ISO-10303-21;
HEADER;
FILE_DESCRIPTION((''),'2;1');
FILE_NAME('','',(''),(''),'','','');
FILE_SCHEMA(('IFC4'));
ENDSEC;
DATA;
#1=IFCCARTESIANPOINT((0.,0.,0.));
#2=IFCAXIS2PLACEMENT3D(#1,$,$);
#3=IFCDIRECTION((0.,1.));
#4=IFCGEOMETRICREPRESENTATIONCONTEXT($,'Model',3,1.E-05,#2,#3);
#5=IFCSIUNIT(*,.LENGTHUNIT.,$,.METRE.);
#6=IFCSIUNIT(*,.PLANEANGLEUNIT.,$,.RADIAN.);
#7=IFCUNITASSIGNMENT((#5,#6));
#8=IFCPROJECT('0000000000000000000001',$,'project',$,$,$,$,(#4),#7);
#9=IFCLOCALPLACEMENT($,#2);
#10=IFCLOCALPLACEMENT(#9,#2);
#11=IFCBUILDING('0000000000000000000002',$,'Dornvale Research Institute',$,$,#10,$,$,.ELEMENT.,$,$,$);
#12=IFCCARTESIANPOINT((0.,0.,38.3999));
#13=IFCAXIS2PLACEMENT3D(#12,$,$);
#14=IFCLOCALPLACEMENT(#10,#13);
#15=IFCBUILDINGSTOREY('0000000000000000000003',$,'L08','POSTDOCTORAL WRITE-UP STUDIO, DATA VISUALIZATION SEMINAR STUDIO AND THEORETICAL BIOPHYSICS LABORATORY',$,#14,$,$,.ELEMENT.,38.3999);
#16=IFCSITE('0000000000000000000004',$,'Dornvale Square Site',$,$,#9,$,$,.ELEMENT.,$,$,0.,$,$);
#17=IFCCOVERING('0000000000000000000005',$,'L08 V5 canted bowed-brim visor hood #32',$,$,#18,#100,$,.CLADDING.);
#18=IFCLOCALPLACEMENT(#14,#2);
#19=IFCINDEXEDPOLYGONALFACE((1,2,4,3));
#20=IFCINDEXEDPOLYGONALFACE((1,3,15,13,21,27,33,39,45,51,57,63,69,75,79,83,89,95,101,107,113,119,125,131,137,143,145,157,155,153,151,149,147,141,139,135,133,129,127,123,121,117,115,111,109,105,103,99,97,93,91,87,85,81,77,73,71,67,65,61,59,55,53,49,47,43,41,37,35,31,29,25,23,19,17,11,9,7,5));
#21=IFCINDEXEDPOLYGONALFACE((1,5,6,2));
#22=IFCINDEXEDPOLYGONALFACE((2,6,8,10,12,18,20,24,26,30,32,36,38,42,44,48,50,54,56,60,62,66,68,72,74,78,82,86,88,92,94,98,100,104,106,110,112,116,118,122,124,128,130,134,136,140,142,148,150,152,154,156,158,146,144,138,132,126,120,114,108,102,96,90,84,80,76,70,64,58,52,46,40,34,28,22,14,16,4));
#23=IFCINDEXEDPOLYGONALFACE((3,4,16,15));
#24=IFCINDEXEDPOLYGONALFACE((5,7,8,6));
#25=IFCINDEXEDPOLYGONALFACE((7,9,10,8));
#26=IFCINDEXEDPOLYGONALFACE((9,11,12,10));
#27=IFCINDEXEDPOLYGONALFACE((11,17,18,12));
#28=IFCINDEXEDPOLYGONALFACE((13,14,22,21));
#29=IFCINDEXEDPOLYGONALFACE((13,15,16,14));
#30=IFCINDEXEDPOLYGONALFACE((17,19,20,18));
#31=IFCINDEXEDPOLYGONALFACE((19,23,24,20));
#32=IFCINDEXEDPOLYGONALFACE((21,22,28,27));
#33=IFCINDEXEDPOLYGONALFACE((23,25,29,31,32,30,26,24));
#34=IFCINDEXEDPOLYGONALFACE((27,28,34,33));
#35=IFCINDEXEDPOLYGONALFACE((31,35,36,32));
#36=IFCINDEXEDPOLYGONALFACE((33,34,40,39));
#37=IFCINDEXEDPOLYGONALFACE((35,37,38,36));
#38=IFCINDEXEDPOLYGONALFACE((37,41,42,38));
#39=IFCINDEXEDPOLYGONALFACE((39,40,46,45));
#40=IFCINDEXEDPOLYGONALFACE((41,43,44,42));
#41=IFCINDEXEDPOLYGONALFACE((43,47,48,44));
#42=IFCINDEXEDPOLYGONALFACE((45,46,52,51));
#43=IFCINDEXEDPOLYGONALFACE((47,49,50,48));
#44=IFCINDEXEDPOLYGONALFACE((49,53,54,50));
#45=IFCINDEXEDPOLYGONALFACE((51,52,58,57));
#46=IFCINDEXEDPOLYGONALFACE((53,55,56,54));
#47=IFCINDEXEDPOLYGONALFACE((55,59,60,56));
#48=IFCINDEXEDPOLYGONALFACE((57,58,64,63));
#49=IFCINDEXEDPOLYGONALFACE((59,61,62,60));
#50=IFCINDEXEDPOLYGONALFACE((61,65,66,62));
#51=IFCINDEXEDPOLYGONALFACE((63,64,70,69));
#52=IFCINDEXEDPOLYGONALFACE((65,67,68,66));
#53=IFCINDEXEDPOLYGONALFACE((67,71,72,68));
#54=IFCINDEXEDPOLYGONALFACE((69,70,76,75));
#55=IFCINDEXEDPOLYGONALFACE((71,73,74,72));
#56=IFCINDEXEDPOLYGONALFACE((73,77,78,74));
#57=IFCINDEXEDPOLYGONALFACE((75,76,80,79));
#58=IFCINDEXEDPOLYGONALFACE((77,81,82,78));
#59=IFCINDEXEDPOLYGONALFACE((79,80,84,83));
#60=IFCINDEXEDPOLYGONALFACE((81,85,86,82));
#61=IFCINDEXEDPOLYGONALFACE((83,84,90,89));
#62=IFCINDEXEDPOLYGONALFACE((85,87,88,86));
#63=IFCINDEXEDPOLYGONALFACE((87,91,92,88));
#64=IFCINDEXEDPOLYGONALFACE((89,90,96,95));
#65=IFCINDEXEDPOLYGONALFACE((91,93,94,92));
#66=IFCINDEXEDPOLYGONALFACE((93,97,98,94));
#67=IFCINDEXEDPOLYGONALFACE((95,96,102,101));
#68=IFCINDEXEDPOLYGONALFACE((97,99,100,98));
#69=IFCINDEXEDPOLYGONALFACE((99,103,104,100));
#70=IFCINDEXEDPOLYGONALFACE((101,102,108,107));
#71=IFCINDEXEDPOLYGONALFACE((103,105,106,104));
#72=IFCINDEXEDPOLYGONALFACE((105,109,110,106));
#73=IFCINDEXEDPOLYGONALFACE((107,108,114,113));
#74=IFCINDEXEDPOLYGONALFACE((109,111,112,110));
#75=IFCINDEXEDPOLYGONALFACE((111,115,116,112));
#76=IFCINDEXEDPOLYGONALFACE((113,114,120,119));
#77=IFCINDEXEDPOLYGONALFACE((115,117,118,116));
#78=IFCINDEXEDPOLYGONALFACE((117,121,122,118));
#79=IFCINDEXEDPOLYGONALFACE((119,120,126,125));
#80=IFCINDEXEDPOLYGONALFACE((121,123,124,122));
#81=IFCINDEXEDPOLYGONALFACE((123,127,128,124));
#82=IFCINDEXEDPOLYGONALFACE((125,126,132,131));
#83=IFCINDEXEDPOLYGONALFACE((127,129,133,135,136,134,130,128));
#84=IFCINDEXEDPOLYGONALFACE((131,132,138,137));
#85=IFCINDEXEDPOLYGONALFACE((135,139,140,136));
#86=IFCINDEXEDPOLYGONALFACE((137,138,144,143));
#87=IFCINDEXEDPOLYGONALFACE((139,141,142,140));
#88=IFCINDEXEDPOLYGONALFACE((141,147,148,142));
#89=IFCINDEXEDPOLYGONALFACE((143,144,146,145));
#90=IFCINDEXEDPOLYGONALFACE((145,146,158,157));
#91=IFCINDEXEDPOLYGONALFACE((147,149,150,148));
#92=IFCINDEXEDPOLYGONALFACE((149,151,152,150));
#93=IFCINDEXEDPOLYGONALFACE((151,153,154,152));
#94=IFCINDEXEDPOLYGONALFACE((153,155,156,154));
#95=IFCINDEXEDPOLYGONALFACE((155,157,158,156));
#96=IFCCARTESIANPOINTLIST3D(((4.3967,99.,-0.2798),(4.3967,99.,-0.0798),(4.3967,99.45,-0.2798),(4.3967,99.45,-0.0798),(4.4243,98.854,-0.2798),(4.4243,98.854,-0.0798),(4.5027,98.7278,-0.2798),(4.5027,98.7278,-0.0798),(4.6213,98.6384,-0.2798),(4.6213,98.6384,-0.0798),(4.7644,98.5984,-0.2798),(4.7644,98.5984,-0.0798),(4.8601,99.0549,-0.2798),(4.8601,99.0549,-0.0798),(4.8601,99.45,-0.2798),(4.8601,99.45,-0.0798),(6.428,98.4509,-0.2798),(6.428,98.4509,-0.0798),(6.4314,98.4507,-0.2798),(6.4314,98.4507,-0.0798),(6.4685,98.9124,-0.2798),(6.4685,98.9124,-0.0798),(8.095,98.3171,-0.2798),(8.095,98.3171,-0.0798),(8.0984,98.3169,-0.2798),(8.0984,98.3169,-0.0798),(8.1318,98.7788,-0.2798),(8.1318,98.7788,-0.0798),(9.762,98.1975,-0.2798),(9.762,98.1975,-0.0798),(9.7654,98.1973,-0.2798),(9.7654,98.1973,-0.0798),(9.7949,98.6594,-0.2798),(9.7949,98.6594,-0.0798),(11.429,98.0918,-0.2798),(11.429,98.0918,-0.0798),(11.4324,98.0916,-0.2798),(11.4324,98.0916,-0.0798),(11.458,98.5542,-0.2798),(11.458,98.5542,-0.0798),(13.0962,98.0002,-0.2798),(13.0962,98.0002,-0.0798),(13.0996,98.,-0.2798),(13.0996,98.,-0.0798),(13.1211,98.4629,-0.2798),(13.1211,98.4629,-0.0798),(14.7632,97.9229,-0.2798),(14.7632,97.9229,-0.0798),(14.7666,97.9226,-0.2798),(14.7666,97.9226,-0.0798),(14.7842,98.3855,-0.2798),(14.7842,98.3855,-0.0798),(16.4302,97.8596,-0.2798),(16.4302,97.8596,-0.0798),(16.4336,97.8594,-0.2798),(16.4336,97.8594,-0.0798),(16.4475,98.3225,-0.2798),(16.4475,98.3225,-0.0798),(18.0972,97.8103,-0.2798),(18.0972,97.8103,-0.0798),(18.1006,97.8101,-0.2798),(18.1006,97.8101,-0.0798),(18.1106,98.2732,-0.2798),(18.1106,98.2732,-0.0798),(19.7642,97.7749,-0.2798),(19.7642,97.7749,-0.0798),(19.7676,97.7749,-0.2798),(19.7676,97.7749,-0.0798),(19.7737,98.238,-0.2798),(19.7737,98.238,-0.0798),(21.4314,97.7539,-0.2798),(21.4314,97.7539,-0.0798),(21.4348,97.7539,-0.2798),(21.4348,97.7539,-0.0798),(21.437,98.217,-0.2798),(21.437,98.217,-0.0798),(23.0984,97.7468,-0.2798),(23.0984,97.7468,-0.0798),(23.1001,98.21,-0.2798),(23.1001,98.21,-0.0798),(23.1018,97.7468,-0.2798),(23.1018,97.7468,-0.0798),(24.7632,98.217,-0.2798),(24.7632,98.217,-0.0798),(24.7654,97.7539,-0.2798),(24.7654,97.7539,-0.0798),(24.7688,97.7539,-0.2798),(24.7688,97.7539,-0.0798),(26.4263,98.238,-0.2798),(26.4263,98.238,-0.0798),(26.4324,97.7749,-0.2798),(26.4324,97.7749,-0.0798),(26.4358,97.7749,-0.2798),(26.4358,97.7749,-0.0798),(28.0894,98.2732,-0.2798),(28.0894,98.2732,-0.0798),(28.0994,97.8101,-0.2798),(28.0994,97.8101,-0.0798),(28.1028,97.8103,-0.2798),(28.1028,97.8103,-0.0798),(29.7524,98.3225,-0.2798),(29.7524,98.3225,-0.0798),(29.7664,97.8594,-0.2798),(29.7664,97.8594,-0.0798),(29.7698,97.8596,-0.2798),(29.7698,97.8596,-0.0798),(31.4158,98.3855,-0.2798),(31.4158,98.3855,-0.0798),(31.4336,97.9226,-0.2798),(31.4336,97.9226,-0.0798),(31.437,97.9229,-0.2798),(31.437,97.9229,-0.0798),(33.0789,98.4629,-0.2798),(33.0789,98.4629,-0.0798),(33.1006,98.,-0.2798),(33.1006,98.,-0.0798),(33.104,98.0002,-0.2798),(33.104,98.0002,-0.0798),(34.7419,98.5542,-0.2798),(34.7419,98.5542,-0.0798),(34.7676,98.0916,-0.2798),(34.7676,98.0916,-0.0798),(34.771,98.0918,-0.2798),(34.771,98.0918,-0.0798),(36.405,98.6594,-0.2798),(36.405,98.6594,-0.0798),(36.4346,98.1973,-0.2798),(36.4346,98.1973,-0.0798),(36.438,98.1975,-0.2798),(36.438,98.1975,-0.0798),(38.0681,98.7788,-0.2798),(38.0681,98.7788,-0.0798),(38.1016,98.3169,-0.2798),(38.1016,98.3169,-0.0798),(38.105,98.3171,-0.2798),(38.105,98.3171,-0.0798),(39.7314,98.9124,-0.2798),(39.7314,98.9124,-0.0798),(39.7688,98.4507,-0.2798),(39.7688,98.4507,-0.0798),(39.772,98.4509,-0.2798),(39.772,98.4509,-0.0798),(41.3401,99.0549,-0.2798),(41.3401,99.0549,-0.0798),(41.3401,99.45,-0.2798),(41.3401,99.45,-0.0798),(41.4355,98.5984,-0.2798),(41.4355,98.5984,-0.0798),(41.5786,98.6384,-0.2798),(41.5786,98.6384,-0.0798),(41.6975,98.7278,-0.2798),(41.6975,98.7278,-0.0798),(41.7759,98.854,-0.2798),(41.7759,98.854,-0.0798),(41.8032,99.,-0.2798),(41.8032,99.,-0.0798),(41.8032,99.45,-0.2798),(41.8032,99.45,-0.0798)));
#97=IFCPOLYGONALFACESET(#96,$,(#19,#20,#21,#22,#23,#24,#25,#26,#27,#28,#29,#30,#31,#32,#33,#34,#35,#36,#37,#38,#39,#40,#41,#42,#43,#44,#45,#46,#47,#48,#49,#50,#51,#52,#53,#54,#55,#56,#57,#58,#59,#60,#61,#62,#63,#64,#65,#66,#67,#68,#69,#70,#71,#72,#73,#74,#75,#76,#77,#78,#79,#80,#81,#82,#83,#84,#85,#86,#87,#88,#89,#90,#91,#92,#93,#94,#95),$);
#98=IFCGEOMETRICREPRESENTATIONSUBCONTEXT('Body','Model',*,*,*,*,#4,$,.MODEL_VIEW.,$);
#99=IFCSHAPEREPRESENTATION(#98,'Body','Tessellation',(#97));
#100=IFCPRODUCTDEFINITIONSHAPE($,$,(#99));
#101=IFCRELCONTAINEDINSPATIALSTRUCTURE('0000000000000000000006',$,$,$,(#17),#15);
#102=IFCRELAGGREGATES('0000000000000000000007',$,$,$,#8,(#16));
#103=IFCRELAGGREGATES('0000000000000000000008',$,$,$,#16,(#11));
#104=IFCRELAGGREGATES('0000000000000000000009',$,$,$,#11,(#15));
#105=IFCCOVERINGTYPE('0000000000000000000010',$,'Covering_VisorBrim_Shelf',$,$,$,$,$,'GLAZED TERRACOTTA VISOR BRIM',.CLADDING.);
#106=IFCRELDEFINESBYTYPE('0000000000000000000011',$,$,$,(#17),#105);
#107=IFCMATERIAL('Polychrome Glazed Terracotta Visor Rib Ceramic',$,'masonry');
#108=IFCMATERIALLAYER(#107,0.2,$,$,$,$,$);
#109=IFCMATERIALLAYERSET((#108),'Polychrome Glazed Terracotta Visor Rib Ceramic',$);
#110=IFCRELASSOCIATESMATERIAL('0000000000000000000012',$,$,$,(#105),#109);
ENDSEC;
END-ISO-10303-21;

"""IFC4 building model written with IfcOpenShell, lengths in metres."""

from ifc_helpers import new_model, si_unit, direction, frame, origin, place, context, subcontext, project, spatial, polyline, outline, extrude, material, layer, layer_set, type_object, element, save


model = new_model("IFC4")

# Units and contexts
model_context = context("Model", 3, precision=1e-05, world=origin(), true_north=direction((0.0, 1.0)))
body_context = subcontext(model_context, "Body", "Model", "MODEL_VIEW")
ifc_project = project(units=[si_unit("LENGTHUNIT", "METRE"), si_unit("PLANEANGLEUNIT", "RADIAN")], contexts=[model_context])

# Site, building, storey
site_placement = place(None, origin())
site = spatial("IfcSite", under=ifc_project, at=site_placement, Name="Dornvale Square Site", CompositionType="ELEMENT", RefElevation=0.0)
building_placement = place(site_placement, origin())
building = spatial("IfcBuilding", under=site, at=building_placement, Name="Dornvale Research Institute", CompositionType="ELEMENT")
storey_placement = place(building_placement, frame((0.0, 0.0, 38.3999)))
storey = spatial("IfcBuildingStorey", under=building, at=storey_placement, Name="L08", Description="POSTDOCTORAL WRITE-UP STUDIO, DATA VISUALIZATION SEMINAR STUDIO AND THEORETICAL BIOPHYSICS LABORATORY", CompositionType="ELEMENT", Elevation=38.3999)

# Covering
ifc_material_1 = material(Name="Polychrome Glazed Terracotta Visor Rib Ceramic", Category="masonry")
ifc_layer_1 = layer(ifc_material_1, 0.2)
ifc_layer_set_1 = layer_set([ifc_layer_1], Name="Polychrome Glazed Terracotta Visor Rib Ceramic")
covering_type_1 = type_object("IfcCoveringType", Name="Covering_VisorBrim_Shelf", ElementType="GLAZED TERRACOTTA VISOR BRIM", PredefinedType="CLADDING", material=ifc_layer_set_1)
covering_1_placement = place(storey_placement, frame((0.0, 0.0, -0.2798)))
element("IfcCovering", 1, at=covering_1_placement, inside=storey, type_object=covering_type_1, Name="L08 V5 canted bowed-brim visor hood #32", PredefinedType="CLADDING", context=body_context, shape_type="SweptSolid", body=[
    extrude(outline(polyline([(41.8032, 99.0), (41.7759, 98.854), (41.6975, 98.7278), (41.5786, 98.6384), (41.4355, 98.5984), (39.772, 98.4509), (39.7688, 98.4507), (38.105, 98.3171), (38.1016, 98.3169), (36.438, 98.1975), (36.4346, 98.1973), (34.771, 98.0918), (34.7676, 98.0916), (33.104, 98.0002), (33.1006, 98.0), (31.437, 97.9229), (31.4336, 97.9226), (29.7698, 97.8596), (29.7664, 97.8594), (28.1028, 97.8103), (28.0994, 97.8101), (26.4358, 97.7749), (26.4324, 97.7749), (24.7688, 97.7539), (24.7654, 97.7539), (23.1018, 97.7468), (23.0984, 97.7468), (21.4348, 97.7539), (21.4314, 97.7539), (19.7676, 97.7749), (19.7642, 97.7749), (18.1006, 97.8101), (18.0972, 97.8103), (16.4336, 97.8594), (16.4302, 97.8596), (14.7666, 97.9226), (14.7632, 97.9229), (13.0996, 98.0), (13.0962, 98.0002), (11.4324, 98.0916), (11.429, 98.0918), (9.7654, 98.1973), (9.762, 98.1975), (8.0984, 98.3169), (8.095, 98.3171), (6.4314, 98.4507), (6.428, 98.4509), (4.7644, 98.5984), (4.6213, 98.6384), (4.5027, 98.7278), (4.4243, 98.854), (4.3967, 99.0), (4.3967, 99.45), (4.8601, 99.45), (4.8601, 99.0549), (6.4685, 98.9124), (8.1318, 98.7788), (9.7949, 98.6594), (11.458, 98.5542), (13.1211, 98.4629), (14.7842, 98.3855), (16.4475, 98.3225), (18.1106, 98.2732), (19.7737, 98.238), (21.437, 98.217), (23.1001, 98.21), (24.7632, 98.217), (26.4263, 98.238), (28.0894, 98.2732), (29.7524, 98.3225), (31.4158, 98.3855), (33.0789, 98.4629), (34.7419, 98.5542), (36.405, 98.6594), (38.0681, 98.7788), (39.7314, 98.9124), (41.3401, 99.0549), (41.3401, 99.45), (41.8032, 99.45), (41.8032, 99.0)])), origin(), (0.0, 0.0, 1.0), 0.2),
])

save(model, "model.ifc")
